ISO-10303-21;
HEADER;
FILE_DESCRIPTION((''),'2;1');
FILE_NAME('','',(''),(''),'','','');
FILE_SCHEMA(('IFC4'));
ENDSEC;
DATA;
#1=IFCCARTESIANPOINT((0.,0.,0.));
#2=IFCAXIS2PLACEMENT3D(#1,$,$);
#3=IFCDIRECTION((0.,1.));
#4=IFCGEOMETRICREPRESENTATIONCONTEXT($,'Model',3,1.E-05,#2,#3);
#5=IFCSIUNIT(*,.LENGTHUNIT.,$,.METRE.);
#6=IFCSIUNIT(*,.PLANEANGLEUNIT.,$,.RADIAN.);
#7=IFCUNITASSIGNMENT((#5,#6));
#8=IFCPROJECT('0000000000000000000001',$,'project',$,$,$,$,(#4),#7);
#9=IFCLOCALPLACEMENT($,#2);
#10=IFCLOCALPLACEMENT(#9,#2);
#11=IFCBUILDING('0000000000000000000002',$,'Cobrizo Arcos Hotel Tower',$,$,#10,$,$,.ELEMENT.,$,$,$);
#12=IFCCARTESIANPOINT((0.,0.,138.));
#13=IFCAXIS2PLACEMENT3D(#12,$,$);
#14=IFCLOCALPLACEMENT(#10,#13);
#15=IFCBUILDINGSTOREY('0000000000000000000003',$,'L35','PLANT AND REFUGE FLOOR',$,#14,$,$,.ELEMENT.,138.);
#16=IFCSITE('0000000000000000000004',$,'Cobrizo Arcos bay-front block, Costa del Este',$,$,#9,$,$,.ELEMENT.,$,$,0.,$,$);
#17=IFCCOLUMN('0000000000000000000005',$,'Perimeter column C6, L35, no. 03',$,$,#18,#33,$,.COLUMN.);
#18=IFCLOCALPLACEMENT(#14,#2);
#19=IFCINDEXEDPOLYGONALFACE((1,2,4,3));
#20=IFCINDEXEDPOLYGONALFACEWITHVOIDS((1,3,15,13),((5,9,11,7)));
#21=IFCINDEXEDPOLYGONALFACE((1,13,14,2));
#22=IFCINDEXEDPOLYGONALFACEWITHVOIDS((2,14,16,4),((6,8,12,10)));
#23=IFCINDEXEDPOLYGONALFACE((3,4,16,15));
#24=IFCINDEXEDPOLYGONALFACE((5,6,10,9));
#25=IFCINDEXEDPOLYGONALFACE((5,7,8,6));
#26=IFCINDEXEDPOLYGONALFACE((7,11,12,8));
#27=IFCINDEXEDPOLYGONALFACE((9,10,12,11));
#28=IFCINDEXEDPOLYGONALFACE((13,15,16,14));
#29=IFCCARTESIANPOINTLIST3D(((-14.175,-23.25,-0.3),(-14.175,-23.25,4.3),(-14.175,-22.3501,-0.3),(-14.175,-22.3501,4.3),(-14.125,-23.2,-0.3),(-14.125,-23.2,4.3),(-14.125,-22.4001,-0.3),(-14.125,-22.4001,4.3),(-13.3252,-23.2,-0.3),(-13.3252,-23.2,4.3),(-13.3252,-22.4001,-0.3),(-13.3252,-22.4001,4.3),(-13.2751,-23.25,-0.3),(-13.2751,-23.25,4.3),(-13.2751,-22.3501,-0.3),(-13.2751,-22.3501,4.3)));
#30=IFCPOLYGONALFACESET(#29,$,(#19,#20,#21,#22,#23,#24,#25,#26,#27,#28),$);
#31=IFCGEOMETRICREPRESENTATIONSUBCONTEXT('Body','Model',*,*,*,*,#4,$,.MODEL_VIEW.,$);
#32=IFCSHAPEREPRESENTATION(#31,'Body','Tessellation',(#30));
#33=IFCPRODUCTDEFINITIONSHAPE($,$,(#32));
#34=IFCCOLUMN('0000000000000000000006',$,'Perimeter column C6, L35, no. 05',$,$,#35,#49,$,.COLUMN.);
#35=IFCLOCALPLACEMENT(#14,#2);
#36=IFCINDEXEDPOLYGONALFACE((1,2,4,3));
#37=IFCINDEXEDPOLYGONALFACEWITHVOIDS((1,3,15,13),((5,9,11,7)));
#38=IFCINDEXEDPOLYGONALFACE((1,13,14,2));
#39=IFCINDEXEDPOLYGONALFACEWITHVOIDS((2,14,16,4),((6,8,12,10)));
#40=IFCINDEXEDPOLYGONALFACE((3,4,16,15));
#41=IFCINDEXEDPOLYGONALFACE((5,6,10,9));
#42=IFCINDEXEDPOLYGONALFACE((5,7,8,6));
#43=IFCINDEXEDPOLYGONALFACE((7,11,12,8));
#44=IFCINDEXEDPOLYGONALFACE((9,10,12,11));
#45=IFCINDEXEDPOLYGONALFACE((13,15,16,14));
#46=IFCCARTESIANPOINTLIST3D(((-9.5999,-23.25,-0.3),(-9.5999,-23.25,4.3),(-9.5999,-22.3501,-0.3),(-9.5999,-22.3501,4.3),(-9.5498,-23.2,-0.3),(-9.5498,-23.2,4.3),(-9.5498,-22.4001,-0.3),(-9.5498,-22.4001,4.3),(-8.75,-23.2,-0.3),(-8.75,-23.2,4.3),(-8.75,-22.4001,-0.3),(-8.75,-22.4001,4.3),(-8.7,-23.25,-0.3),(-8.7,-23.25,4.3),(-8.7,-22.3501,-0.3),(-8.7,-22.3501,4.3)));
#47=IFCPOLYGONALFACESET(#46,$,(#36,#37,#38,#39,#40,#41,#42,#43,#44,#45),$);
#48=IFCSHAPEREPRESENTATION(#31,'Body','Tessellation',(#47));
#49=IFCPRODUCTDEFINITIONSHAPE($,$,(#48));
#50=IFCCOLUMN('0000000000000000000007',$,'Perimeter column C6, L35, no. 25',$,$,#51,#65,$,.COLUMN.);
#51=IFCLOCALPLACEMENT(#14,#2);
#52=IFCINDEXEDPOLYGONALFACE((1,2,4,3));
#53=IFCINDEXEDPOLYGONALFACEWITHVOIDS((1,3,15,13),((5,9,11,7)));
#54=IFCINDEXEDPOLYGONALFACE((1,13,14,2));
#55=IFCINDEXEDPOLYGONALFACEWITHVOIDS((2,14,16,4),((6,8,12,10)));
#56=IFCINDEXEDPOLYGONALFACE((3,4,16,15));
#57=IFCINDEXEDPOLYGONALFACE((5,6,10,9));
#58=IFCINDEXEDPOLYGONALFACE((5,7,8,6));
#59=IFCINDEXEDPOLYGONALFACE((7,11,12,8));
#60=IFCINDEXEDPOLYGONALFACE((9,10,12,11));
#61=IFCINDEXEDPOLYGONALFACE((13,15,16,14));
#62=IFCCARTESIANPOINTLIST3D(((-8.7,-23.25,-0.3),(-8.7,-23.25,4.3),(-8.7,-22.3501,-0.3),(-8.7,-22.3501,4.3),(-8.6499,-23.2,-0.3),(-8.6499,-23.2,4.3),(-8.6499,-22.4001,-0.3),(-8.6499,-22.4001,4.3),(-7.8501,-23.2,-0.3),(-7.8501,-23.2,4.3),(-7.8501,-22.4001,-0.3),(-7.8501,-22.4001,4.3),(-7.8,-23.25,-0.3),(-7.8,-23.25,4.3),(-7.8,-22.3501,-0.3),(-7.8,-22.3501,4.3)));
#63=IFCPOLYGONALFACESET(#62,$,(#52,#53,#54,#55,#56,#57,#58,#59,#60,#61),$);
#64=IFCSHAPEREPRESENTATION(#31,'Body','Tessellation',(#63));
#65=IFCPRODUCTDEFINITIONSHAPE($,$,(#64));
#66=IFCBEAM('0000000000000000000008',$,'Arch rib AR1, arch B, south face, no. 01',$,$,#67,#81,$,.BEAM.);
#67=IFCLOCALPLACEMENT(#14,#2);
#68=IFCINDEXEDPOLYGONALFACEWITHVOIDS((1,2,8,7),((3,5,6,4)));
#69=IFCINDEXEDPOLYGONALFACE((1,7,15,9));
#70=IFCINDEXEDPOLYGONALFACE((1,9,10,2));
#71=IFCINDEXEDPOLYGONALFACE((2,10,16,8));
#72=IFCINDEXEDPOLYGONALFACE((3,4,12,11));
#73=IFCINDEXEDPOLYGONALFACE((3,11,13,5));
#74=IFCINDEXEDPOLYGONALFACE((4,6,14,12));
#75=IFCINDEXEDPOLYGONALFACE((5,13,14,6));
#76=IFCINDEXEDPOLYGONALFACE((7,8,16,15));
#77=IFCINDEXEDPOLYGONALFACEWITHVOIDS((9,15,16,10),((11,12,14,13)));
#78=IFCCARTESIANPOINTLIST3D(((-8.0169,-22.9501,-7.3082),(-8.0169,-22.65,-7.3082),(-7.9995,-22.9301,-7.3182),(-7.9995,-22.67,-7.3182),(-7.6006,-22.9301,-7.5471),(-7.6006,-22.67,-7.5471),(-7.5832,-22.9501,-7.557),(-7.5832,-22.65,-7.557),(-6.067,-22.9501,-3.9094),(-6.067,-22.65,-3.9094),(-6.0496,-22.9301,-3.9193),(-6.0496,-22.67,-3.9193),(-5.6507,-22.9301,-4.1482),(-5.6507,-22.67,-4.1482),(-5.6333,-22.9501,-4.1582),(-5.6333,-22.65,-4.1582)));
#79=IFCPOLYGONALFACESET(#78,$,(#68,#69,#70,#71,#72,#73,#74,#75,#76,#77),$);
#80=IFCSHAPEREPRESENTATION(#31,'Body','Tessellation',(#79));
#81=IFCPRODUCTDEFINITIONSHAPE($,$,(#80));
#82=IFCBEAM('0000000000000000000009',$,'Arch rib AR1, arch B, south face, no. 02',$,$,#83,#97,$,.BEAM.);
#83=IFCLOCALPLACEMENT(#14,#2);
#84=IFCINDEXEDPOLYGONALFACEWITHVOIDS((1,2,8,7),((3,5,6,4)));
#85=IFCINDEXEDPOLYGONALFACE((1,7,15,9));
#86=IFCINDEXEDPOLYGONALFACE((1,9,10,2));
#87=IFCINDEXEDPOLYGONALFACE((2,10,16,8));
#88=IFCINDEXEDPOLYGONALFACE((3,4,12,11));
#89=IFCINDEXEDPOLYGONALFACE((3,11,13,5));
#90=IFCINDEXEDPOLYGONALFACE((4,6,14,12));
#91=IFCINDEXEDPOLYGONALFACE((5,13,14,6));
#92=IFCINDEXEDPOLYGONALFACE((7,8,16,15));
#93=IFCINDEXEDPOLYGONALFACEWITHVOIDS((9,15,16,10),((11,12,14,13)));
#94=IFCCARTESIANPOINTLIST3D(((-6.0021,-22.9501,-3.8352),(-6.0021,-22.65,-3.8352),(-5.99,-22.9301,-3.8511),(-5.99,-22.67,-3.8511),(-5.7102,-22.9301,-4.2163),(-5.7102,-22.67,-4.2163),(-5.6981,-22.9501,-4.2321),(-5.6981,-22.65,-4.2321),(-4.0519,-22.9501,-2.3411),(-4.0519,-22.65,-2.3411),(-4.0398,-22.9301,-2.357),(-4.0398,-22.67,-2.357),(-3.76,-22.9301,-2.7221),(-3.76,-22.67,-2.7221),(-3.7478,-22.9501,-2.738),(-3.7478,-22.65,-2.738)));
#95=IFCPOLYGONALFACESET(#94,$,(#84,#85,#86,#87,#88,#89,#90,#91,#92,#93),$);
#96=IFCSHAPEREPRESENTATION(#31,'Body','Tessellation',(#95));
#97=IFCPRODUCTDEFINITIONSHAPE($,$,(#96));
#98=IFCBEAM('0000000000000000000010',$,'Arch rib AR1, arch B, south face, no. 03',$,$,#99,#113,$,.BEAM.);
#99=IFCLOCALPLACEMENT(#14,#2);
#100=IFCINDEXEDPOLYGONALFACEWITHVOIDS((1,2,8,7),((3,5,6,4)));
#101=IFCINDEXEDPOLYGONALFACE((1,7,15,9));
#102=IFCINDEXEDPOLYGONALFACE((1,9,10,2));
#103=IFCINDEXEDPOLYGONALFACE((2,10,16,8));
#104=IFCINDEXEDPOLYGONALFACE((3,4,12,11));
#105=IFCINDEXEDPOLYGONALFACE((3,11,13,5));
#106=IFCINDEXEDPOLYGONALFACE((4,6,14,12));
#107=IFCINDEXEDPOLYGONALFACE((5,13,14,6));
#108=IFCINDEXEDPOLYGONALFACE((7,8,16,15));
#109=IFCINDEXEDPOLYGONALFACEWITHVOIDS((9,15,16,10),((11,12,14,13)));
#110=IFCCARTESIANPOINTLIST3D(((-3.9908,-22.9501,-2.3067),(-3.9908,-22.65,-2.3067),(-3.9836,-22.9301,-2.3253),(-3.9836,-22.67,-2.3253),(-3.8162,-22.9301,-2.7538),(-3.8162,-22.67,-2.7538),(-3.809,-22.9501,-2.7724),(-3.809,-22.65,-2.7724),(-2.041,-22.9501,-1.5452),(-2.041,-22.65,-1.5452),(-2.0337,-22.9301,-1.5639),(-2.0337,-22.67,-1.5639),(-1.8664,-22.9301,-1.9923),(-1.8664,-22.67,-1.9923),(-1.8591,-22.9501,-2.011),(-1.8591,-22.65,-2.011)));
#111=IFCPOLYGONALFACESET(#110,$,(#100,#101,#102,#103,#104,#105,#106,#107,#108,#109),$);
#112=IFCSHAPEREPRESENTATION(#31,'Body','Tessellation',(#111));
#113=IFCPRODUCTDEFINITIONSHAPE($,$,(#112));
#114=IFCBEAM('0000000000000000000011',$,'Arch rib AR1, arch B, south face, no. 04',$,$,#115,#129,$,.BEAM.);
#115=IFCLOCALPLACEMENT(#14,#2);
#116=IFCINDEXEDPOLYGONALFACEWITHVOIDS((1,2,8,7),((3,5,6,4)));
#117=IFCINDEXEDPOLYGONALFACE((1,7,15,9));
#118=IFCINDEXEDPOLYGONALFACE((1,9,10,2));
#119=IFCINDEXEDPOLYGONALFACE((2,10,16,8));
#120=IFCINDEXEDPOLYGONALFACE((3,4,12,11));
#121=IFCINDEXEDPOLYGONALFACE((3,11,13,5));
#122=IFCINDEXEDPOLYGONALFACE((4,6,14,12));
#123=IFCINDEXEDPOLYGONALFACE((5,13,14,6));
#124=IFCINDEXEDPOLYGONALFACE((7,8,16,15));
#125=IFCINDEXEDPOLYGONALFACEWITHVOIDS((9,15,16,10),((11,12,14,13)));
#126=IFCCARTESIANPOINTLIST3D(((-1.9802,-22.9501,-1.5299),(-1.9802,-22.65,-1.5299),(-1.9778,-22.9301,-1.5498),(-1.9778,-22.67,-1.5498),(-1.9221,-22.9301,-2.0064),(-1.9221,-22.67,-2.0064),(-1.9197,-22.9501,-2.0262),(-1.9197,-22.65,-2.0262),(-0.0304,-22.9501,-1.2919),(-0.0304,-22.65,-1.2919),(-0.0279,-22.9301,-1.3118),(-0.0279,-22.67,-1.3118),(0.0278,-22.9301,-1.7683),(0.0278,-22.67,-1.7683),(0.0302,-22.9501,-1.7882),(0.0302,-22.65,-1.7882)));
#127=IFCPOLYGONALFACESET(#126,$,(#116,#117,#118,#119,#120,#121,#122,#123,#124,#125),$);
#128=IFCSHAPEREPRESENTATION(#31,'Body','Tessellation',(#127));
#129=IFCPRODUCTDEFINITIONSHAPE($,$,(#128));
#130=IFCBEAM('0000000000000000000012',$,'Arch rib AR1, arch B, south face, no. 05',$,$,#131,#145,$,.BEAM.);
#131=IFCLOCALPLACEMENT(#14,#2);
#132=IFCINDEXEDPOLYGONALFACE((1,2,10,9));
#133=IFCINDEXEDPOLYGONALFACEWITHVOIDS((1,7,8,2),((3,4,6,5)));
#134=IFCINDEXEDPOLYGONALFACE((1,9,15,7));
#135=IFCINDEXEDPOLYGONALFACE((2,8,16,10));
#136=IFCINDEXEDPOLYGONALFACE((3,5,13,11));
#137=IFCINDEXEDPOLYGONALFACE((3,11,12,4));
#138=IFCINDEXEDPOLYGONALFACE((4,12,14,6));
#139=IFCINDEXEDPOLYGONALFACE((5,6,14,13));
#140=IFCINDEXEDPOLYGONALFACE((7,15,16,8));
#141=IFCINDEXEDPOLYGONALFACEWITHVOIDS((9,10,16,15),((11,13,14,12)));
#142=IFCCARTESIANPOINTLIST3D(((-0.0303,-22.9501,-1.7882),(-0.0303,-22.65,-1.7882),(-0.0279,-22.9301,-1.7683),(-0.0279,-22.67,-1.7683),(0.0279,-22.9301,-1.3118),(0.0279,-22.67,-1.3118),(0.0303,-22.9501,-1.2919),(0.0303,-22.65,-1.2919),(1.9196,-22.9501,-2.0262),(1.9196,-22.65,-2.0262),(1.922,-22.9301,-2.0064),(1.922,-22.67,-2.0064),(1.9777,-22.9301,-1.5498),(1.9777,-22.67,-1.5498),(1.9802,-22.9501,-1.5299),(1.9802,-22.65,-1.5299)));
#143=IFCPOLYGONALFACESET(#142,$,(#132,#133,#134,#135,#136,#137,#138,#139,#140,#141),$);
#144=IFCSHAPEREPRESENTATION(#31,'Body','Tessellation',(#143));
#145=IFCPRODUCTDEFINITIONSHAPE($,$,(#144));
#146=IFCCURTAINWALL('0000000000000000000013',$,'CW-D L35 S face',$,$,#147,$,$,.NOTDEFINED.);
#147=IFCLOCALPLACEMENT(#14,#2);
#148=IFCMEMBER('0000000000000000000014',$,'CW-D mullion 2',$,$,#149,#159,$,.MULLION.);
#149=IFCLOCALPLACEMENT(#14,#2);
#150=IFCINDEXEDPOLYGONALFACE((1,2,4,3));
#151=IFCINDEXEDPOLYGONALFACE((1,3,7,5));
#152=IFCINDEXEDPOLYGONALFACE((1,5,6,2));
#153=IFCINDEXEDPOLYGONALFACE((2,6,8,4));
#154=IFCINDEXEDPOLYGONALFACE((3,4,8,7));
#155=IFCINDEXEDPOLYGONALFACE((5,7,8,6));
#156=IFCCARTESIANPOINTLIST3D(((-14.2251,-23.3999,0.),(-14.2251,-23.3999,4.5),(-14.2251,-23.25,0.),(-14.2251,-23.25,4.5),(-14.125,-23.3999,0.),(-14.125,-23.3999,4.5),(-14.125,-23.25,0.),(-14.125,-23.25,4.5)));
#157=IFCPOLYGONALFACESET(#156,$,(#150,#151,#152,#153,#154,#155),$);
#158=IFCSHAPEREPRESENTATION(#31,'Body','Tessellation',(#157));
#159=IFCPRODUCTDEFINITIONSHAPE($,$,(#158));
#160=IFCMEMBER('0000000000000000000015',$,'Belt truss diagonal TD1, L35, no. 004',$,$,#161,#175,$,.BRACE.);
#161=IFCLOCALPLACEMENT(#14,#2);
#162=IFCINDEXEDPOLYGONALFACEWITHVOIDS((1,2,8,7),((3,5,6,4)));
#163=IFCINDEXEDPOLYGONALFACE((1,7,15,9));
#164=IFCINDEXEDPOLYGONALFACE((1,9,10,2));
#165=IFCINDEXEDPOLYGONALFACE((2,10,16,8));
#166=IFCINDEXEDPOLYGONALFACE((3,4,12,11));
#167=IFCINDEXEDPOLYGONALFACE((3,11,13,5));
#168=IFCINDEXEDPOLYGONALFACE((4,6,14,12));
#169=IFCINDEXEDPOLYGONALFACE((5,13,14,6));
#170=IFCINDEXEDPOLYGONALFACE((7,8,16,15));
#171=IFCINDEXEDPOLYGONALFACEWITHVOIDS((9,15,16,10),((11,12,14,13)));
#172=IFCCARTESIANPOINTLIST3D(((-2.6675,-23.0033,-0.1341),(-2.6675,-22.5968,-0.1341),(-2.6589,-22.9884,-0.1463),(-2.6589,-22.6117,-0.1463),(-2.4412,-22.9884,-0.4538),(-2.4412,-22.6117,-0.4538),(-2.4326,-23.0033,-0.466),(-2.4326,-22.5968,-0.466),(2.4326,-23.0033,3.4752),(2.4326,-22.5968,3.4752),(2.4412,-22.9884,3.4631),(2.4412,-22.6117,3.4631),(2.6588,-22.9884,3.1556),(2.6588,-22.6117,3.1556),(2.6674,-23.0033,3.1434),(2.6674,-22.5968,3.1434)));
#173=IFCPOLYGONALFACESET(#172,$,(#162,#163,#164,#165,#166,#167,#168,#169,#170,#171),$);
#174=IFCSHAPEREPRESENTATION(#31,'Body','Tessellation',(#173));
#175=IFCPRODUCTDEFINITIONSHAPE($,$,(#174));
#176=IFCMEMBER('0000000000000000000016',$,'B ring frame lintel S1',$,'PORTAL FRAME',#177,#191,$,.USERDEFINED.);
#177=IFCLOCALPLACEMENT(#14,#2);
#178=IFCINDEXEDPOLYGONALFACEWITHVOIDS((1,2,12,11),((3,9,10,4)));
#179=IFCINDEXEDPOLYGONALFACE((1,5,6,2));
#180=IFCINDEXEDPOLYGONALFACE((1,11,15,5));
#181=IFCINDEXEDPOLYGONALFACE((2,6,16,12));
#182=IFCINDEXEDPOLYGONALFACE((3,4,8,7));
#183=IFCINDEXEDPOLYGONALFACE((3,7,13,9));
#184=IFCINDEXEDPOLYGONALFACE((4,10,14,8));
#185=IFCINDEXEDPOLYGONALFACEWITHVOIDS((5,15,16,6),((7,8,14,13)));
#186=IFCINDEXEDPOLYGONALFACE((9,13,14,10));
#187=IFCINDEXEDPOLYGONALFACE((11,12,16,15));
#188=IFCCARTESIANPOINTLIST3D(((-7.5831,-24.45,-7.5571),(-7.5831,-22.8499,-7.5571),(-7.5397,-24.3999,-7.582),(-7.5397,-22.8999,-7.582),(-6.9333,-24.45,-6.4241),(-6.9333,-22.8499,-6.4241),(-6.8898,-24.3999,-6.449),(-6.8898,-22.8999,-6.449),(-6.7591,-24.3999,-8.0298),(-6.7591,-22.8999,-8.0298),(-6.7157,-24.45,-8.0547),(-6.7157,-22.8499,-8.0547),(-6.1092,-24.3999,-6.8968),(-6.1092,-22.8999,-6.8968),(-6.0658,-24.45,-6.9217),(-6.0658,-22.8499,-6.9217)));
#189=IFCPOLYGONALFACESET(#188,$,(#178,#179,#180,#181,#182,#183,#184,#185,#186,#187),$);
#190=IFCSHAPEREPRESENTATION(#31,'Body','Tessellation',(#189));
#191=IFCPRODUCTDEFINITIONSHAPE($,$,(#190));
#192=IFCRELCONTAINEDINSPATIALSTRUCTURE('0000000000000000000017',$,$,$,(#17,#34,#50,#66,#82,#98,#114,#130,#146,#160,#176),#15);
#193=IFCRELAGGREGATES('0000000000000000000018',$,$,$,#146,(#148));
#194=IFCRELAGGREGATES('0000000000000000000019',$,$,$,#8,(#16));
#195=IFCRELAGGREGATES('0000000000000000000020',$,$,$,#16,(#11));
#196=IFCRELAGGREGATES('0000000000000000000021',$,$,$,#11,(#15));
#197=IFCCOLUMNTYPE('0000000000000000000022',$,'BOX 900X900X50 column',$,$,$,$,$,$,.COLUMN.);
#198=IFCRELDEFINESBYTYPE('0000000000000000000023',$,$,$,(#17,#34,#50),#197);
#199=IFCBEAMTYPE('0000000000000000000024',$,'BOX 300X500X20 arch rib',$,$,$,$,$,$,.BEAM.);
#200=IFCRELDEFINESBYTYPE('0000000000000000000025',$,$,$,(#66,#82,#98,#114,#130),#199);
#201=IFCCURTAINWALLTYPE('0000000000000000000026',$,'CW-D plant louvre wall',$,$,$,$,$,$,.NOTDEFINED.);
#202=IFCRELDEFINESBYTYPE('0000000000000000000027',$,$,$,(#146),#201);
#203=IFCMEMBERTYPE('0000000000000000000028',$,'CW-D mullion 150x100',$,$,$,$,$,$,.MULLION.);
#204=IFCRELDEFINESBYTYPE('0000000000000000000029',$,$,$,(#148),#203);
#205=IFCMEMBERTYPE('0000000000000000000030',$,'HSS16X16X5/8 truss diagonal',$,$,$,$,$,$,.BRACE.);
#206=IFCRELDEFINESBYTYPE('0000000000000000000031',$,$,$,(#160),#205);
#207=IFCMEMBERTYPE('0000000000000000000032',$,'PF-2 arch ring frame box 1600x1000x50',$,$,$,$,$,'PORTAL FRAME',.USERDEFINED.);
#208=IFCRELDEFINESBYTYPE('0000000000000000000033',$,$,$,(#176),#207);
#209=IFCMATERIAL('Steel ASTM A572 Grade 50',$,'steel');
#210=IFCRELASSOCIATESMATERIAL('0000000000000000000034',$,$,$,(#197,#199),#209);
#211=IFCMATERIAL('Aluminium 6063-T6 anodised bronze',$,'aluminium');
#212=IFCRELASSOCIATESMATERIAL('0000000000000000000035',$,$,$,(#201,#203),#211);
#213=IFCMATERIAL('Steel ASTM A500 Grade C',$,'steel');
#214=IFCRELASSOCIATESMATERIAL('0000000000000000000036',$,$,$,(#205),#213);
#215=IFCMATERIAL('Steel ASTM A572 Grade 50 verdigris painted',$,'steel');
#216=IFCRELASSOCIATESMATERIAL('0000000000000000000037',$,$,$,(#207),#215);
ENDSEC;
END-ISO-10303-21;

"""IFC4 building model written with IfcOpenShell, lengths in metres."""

from ifc_helpers import new_model, si_unit, direction, frame, origin, origin_2d, place, context, subcontext, project, spatial, rectangle, hollow_rectangle, extrude, material, material_profile, profile_set, type_object, element, aggregate, save


model = new_model("IFC4")

# Units and contexts
model_context = context("Model", 3, precision=1e-05, world=origin(), true_north=direction((0.0, 1.0)))
body_context = subcontext(model_context, "Body", "Model", "MODEL_VIEW")
ifc_project = project(units=[si_unit("LENGTHUNIT", "METRE"), si_unit("PLANEANGLEUNIT", "RADIAN")], contexts=[model_context])

# Site, building, storey
site_placement = place(None, origin())
site = spatial("IfcSite", under=ifc_project, at=site_placement, Name="Cobrizo Arcos bay-front block, Costa del Este", CompositionType="ELEMENT", RefElevation=0.0)
building_placement = place(site_placement, origin())
building = spatial("IfcBuilding", under=site, at=building_placement, Name="Cobrizo Arcos Hotel Tower", CompositionType="ELEMENT")
storey_placement = place(building_placement, frame((0.0, 0.0, 138.0)))
storey = spatial("IfcBuildingStorey", under=building, at=storey_placement, Name="L35", Description="PLANT AND REFUGE FLOOR", CompositionType="ELEMENT", Elevation=138.0)

# Columns
ifc_material_1 = material(Name="Steel ASTM A572 Grade 50", Category="steel")
ifc_material_profile_1 = material_profile(ifc_material_1, hollow_rectangle(XDim=0.8999, YDim=0.8999, WallThickness=0.05, at=origin_2d()), Name="BOX 900X900X50")
ifc_profile_set_1 = profile_set([ifc_material_profile_1], Name="Steel ASTM A572 Grade 50")
column_type = type_object("IfcColumnType", Name="BOX 900X900X50 column", PredefinedType="COLUMN", material=ifc_profile_set_1)
for number, where, z_axis, x_axis, name in (
    (1, (-13.7251, -22.8, -0.3), (0.0, 0.0, 1.0), (1.0, 0.0, 0.0), "Perimeter column C6, L35, no. 03"),
    (2, (-9.1499, -22.8, -0.3), (0.0, 0.0, 1.0), (1.0, 0.0, 0.0), "Perimeter column C6, L35, no. 05"),
    (3, (-8.25, -22.8, -0.3), (0.0, 0.0, 1.0), (1.0, 0.0, 0.0), "Perimeter column C6, L35, no. 25"),
):
    element("IfcColumn", number, at=place(storey_placement, frame(where, z_axis=z_axis, x_axis=x_axis)), inside=storey, type_object=column_type, Name=name, PredefinedType="COLUMN", context=body_context, shape_type="SweptSolid", body=[
        extrude(hollow_rectangle(XDim=0.8999, YDim=0.8999, WallThickness=0.05, at=origin_2d()), origin(), (0.0, 0.0, 1.0), 4.6001),
    ])

# Beams
ifc_material_profile_2 = material_profile(ifc_material_1, hollow_rectangle(XDim=0.3, YDim=0.5, WallThickness=0.02, at=origin_2d()), Name="BOX 300X500X20")
ifc_profile_set_2 = profile_set([ifc_material_profile_2], Name="Steel ASTM A572 Grade 50")
beam_type = type_object("IfcBeamType", Name="BOX 300X500X20 arch rib", PredefinedType="BEAM", material=ifc_profile_set_2)
beam_1_placement = place(storey_placement, frame((-7.8, -22.8, -7.4326), z_axis=(0.497621, 0.0, 0.867395), x_axis=(0.0, 1.0, 0.0)))
element("IfcBeam", 4, at=beam_1_placement, inside=storey, type_object=beam_type, Name="Arch rib AR1, arch B, south face, no. 01", PredefinedType="BEAM", context=body_context, shape_type="SweptSolid", body=[
    extrude(hollow_rectangle(XDim=0.3, YDim=0.5, WallThickness=0.02, at=origin_2d()), origin(), (0.0, 0.0, 1.0), 3.9185),
])
beam_2_placement = place(storey_placement, frame((-5.8501, -22.8, -4.0337), z_axis=(0.793805, 0.0, 0.608173), x_axis=(0.0, 1.0, 0.0)))
element("IfcBeam", 5, at=beam_2_placement, inside=storey, type_object=beam_type, Name="Arch rib AR1, arch B, south face, no. 02", PredefinedType="BEAM", context=body_context, shape_type="SweptSolid", body=[
    extrude(hollow_rectangle(XDim=0.3, YDim=0.5, WallThickness=0.02, at=origin_2d()), origin(), (0.0, 0.0, 1.0), 2.4568),
])
beam_3_placement = place(storey_placement, frame((-3.8999, -22.8, -2.5396), z_axis=(0.931494, 0.0, 0.363757), x_axis=(0.0, 1.0, 0.0)))
element("IfcBeam", 6, at=beam_3_placement, inside=storey, type_object=beam_type, Name="Arch rib AR1, arch B, south face, no. 03", PredefinedType="BEAM", context=body_context, shape_type="SweptSolid", body=[
    extrude(hollow_rectangle(XDim=0.3, YDim=0.5, WallThickness=0.02, at=origin_2d()), origin(), (0.0, 0.0, 1.0), 2.0933),
])
for number, where, z_axis, x_axis, name in (
    (7, (-1.95, -22.8, -1.7781), (0.992631, 0.0, 0.121174), (0.0, 1.0, 0.0), "Arch rib AR1, arch B, south face, no. 04"),
    (8, (0.0, -22.8, -1.54), (0.992631, 0.0, -0.121174), (0.0, 1.0, 0.0), "Arch rib AR1, arch B, south face, no. 05"),
):
    element("IfcBeam", number, at=place(storey_placement, frame(where, z_axis=z_axis, x_axis=x_axis)), inside=storey, type_object=beam_type, Name=name, PredefinedType="BEAM", context=body_context, shape_type="SweptSolid", body=[
        extrude(hollow_rectangle(XDim=0.3, YDim=0.5, WallThickness=0.02, at=origin_2d()), origin(), (0.0, 0.0, 1.0), 1.9644),
    ])

# Curtain wall, member
ifc_material_2 = material(Name="Aluminium 6063-T6 anodised bronze", Category="aluminium")
curtain_wall_type = type_object("IfcCurtainWallType", Name="CW-D plant louvre wall", PredefinedType="NOTDEFINED", material=ifc_material_2)
curtain_wall_placement = place(storey_placement, origin())
curtain_wall = element("IfcCurtainWall", 9, at=curtain_wall_placement, inside=storey, type_object=curtain_wall_type, Name="CW-D L35 S face", PredefinedType="NOTDEFINED")
ifc_material_profile_3 = material_profile(ifc_material_2, rectangle(XDim=0.1499, YDim=0.1001, at=origin_2d()), Name="CW-D mullion 150x100")
ifc_profile_set_3 = profile_set([ifc_material_profile_3], Name="Aluminium 6063-T6 anodised bronze")
member_type_1 = type_object("IfcMemberType", Name="CW-D mullion 150x100", PredefinedType="MULLION", material=ifc_profile_set_3)
member_1_placement = place(storey_placement, frame((-14.175, -23.325, 0.0), z_axis=(0.0, 0.0, 1.0), x_axis=(0.0, -1.0, 0.0)))
member_1 = element("IfcMember", 10, at=member_1_placement, type_object=member_type_1, Name="CW-D mullion 2", PredefinedType="MULLION", context=body_context, shape_type="SweptSolid", body=[
    extrude(rectangle(XDim=0.1499, YDim=0.1001, at=origin_2d()), origin(), (0.0, 0.0, 1.0), 4.5),
])

# Members
ifc_material_3 = material(Name="Steel ASTM A500 Grade C", Category="steel")
ifc_material_profile_4 = material_profile(ifc_material_3, hollow_rectangle(XDim=0.4065, YDim=0.4065, WallThickness=0.0149, at=origin_2d()), Name="HSS16X16X5/8")
ifc_profile_set_4 = profile_set([ifc_material_profile_4], Name="Steel ASTM A500 Grade C")
member_type_2 = type_object("IfcMemberType", Name="HSS16X16X5/8 truss diagonal", PredefinedType="BRACE", material=ifc_profile_set_4)
member_2_placement = place(storey_placement, frame((-2.55, -22.8, -0.3), z_axis=(0.816266, 0.0, 0.577677), x_axis=(0.0, 1.0, 0.0)))
element("IfcMember", 11, at=member_2_placement, inside=storey, type_object=member_type_2, Name="Belt truss diagonal TD1, L35, no. 004", PredefinedType="BRACE", context=body_context, shape_type="SweptSolid", body=[
    extrude(hollow_rectangle(XDim=0.4065, YDim=0.4065, WallThickness=0.0149, at=origin_2d()), origin(), (0.0, 0.0, 1.0), 6.248),
])
ifc_material_4 = material(Name="Steel ASTM A572 Grade 50 verdigris painted", Category="steel")
ifc_material_profile_5 = material_profile(ifc_material_4, hollow_rectangle(XDim=1.6001, YDim=1.0, WallThickness=0.05, at=origin_2d()), Name="PF-2 arch ring frame box 1600x1000x50")
ifc_profile_set_5 = profile_set([ifc_material_profile_5], Name="Steel ASTM A572 Grade 50 verdigris painted")
member_type_3 = type_object("IfcMemberType", Name="PF-2 arch ring frame box 1600x1000x50", ElementType="PORTAL FRAME", PredefinedType="USERDEFINED", material=ifc_profile_set_5)
for number, where, z_axis, x_axis, name in (
    (12, (-7.1494, -23.6499, -7.8059), (0.497547, 0.0, 0.867437), (0.0, 1.0, 0.0), "B ring frame lintel S1"),
):
    element("IfcMember", number, at=place(storey_placement, frame(where, z_axis=z_axis, x_axis=x_axis)), inside=storey, type_object=member_type_3, Name=name, ObjectType="PORTAL FRAME", PredefinedType="USERDEFINED", context=body_context, shape_type="SweptSolid", body=[
        extrude(hollow_rectangle(XDim=1.6001, YDim=1.0, WallThickness=0.05, at=origin_2d()), origin(), (0.0, 0.0, 1.0), 1.3062),
    ])

aggregate(curtain_wall, [member_1])

save(model, "model.ifc")
